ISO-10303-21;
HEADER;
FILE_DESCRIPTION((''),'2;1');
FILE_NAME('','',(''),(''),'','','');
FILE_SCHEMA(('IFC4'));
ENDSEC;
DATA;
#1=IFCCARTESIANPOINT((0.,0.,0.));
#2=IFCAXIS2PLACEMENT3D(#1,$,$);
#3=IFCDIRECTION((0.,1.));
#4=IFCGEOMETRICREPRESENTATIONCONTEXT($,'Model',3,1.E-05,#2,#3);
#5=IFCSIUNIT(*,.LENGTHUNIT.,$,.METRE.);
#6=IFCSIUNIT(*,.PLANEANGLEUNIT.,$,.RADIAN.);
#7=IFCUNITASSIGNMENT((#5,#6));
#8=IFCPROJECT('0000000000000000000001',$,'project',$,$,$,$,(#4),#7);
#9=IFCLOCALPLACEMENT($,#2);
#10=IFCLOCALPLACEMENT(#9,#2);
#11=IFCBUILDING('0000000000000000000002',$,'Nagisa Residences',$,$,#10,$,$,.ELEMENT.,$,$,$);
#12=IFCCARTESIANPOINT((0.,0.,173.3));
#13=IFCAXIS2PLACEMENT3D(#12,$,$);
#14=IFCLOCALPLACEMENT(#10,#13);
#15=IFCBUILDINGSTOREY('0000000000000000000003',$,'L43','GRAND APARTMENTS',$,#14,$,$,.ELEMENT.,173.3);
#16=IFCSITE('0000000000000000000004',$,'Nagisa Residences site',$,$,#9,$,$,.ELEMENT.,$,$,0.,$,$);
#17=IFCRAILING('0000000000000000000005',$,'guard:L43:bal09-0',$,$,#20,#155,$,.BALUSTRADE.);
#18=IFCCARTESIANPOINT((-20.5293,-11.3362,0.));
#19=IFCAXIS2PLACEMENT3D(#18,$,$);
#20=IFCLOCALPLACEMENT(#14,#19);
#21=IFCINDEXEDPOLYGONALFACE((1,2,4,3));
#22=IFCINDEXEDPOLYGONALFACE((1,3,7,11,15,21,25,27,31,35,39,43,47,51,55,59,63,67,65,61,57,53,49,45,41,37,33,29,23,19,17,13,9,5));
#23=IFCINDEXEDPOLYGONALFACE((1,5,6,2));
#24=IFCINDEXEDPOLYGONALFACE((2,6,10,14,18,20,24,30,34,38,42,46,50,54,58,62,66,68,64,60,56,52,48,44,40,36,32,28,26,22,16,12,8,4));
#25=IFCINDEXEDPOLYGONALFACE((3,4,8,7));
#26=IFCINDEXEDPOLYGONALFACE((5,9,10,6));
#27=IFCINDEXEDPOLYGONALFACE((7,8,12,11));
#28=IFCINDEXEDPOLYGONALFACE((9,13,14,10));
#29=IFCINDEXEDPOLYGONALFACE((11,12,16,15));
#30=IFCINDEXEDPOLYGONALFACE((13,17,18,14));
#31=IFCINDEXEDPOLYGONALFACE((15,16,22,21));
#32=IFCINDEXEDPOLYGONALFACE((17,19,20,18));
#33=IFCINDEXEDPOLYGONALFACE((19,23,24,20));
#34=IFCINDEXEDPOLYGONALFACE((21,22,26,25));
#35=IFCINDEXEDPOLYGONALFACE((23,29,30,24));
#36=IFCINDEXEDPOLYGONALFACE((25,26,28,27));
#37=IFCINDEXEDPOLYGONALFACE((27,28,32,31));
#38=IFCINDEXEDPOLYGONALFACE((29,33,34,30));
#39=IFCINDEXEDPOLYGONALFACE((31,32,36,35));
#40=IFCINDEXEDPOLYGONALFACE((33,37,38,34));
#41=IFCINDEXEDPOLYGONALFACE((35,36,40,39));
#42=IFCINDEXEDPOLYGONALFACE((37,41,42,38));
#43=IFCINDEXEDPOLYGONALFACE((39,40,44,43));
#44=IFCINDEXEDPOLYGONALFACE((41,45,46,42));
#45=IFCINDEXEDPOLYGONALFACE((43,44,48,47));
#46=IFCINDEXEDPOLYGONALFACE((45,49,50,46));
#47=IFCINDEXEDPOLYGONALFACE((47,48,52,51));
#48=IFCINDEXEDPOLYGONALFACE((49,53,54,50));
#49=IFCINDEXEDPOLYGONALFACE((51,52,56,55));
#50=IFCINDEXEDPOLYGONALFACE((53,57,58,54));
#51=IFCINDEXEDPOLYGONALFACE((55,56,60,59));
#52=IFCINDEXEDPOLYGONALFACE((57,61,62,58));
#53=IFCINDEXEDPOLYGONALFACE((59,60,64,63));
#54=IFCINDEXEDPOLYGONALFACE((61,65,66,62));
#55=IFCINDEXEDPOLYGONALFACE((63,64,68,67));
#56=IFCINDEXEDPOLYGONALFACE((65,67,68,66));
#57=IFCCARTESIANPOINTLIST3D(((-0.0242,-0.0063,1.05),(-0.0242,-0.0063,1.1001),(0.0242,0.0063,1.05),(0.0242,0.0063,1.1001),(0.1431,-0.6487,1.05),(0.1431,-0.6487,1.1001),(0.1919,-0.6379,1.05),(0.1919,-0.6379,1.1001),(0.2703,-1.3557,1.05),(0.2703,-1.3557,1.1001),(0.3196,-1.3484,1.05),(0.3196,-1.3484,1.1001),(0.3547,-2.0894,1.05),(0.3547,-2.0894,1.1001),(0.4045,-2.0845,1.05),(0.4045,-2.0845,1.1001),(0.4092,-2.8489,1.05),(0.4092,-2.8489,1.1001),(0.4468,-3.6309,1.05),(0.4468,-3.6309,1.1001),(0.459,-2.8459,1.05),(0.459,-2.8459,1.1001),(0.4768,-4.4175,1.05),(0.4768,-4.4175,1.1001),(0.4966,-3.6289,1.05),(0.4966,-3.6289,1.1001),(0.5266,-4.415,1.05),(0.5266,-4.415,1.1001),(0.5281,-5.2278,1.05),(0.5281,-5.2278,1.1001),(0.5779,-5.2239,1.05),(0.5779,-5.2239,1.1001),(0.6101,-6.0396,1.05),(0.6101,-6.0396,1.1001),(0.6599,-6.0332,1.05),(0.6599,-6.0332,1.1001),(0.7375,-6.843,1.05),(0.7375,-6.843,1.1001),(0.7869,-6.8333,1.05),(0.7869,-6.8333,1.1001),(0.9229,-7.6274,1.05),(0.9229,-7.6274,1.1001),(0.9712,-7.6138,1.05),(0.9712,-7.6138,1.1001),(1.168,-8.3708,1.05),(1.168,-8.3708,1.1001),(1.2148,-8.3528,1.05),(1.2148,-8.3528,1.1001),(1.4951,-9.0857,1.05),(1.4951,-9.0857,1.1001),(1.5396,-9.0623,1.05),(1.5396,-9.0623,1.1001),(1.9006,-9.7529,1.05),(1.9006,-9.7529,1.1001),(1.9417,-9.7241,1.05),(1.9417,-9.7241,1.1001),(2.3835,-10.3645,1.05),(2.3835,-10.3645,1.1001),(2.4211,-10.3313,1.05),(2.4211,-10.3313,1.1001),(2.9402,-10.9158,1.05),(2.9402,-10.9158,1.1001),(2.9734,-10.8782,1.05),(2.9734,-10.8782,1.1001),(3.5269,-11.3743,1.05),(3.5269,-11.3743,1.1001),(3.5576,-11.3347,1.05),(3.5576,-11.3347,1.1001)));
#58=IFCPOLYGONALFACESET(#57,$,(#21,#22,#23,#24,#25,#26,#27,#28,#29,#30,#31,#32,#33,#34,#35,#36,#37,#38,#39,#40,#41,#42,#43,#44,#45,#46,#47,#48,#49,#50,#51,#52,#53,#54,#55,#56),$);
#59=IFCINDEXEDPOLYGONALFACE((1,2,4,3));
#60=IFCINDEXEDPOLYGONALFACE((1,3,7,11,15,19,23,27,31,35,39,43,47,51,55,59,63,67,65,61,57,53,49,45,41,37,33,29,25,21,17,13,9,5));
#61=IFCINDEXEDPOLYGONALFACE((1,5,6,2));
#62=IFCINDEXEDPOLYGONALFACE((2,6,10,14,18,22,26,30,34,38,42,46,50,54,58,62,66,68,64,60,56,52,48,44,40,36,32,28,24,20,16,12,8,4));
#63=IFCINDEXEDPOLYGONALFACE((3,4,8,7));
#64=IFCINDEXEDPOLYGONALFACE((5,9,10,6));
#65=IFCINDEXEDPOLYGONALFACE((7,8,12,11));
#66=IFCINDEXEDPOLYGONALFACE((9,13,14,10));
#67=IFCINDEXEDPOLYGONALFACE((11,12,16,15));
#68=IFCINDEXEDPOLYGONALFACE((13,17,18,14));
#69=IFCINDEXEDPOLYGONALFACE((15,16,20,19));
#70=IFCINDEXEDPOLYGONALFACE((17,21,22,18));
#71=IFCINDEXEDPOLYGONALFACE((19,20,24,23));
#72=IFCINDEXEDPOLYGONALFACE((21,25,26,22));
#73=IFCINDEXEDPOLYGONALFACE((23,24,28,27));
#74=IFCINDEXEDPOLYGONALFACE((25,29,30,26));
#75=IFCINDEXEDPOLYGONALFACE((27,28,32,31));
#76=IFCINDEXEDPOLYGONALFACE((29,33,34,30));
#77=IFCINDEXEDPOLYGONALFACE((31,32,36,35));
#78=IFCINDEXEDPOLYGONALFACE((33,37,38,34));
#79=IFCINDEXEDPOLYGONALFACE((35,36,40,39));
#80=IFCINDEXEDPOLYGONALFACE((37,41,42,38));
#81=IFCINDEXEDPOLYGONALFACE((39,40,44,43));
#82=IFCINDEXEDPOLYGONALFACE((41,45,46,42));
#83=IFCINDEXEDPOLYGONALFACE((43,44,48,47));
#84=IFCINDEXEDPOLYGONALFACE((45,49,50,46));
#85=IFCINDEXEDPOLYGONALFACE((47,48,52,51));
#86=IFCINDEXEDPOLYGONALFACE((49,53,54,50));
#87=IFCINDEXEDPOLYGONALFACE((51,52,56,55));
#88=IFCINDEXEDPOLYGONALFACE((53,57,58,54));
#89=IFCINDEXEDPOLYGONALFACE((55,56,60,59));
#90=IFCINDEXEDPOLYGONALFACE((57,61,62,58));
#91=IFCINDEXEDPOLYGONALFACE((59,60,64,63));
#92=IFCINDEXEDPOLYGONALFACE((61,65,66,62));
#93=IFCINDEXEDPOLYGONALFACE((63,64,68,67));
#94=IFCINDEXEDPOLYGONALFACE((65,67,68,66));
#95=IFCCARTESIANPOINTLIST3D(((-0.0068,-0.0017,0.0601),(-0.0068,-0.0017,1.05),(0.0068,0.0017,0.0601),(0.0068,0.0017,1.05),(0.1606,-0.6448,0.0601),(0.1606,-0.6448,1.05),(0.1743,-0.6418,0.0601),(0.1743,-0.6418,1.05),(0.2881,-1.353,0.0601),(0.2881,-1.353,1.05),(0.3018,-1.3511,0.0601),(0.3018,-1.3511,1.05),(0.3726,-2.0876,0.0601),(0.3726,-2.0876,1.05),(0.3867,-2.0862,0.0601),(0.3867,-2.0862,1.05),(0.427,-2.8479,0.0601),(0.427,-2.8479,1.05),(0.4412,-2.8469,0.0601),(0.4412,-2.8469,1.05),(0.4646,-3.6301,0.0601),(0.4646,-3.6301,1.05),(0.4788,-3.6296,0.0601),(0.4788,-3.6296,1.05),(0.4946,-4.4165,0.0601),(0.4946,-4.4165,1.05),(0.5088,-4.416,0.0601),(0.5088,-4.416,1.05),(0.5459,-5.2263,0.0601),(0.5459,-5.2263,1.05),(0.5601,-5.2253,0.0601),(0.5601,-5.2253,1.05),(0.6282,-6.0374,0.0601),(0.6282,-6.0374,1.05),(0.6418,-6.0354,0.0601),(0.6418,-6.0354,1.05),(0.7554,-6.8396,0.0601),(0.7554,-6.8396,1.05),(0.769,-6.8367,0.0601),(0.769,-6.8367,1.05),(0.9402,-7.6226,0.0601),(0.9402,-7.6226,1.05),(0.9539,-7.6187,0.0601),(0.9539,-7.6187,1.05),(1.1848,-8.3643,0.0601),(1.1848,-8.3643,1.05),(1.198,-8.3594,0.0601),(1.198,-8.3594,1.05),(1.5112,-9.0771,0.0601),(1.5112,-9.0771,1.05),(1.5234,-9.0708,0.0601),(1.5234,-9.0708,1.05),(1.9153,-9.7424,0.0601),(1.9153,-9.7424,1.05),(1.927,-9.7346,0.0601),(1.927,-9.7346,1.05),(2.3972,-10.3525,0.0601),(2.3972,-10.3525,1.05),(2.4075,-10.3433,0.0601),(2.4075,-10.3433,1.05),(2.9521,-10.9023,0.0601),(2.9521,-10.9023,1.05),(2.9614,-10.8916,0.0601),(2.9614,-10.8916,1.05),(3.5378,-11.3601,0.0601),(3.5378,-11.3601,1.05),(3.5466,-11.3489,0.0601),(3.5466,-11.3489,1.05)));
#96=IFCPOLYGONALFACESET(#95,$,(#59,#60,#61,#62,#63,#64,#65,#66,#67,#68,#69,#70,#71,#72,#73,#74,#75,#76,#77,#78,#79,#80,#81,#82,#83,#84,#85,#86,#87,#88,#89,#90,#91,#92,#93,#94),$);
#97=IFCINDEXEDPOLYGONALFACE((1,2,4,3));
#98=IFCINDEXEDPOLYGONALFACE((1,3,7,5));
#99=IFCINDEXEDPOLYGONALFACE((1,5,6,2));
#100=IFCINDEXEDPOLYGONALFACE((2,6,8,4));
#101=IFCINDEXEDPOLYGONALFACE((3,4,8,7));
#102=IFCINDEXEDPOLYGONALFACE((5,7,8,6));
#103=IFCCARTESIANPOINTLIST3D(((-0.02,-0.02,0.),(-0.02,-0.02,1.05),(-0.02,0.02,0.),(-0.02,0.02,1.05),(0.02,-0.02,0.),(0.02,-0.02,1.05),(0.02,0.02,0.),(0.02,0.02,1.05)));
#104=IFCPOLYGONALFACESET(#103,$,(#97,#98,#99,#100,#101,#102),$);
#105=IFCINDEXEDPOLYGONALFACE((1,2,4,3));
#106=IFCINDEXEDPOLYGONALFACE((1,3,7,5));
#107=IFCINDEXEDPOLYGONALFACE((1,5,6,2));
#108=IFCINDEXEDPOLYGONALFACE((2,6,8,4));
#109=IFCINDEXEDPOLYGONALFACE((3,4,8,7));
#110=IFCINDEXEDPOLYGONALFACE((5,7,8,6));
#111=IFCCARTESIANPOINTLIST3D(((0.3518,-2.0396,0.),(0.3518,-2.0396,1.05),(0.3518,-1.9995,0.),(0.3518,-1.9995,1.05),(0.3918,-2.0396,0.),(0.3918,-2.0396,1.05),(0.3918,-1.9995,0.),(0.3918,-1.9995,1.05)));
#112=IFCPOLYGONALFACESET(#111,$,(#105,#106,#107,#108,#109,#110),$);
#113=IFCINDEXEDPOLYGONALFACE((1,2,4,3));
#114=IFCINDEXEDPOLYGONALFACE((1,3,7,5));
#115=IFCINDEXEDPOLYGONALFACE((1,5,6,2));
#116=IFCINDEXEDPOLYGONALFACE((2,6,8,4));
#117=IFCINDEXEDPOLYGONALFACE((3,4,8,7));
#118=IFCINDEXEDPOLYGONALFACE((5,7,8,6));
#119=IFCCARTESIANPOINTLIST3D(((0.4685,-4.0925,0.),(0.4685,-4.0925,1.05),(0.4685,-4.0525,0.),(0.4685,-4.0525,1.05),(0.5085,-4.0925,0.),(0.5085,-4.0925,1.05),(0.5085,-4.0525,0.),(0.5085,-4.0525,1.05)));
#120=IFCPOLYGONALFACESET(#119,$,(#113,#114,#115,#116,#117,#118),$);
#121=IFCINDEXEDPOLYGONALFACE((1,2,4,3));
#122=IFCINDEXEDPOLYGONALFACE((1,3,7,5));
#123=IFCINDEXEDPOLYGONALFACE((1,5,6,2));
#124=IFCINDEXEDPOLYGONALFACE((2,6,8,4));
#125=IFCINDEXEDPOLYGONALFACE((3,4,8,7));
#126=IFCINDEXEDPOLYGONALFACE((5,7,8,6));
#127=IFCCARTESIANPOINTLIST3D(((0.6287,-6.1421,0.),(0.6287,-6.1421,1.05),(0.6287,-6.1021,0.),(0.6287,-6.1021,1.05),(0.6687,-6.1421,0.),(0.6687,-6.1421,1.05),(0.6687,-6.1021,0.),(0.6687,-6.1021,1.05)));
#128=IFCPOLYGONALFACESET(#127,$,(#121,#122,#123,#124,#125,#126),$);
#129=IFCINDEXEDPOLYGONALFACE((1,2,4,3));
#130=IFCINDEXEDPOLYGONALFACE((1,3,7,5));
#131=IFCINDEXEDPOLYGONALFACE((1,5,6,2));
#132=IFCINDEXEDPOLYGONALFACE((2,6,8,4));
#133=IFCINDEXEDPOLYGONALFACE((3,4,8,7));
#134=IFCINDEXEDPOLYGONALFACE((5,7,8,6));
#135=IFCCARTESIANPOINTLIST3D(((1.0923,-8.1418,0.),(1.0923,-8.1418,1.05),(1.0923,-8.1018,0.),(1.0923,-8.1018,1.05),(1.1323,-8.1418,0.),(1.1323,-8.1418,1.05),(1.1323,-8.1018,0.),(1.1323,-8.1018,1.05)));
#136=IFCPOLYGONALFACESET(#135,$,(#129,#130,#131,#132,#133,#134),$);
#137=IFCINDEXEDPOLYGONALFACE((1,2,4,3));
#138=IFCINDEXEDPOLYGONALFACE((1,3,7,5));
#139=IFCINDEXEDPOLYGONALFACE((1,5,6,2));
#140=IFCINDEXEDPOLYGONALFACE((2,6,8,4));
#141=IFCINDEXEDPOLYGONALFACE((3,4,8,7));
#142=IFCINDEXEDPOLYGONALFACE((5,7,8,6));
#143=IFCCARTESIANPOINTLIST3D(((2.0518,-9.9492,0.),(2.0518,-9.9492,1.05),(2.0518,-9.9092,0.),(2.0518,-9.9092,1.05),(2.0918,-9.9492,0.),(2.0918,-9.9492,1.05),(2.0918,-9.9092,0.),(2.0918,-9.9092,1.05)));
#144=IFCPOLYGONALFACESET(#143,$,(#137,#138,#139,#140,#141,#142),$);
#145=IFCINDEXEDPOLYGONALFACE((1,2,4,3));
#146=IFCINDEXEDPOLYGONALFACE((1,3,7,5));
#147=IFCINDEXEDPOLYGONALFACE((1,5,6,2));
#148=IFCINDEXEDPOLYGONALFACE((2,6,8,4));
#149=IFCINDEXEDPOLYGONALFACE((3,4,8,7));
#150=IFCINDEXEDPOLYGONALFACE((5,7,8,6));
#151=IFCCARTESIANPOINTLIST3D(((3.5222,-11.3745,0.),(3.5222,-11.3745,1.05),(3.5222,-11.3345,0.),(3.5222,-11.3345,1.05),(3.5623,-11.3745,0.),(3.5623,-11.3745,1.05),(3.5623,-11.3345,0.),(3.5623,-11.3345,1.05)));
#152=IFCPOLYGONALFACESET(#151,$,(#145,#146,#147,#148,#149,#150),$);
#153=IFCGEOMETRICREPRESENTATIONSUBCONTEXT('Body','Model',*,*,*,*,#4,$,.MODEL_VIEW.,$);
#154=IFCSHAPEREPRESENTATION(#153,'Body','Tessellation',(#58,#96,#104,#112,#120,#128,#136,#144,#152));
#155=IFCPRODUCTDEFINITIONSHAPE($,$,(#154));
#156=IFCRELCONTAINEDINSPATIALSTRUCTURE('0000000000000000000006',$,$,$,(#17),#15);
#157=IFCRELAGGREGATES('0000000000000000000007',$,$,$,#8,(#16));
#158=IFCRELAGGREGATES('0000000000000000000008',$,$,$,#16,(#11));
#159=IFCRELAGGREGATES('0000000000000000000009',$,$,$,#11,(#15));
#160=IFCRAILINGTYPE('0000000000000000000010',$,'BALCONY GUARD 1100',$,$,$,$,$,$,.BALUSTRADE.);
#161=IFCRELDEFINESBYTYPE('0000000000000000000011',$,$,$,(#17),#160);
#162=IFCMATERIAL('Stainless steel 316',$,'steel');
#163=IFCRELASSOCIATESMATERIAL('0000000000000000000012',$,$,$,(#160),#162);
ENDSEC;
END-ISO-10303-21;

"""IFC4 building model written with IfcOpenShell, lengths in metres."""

from ifc_helpers import new_model, si_unit, direction, frame, origin, origin_2d, place, context, subcontext, project, spatial, polyline, rectangle, outline, extrude, material, type_object, element, save


model = new_model("IFC4")

# Units and contexts
model_context = context("Model", 3, precision=1e-05, world=origin(), true_north=direction((0.0, 1.0)))
body_context = subcontext(model_context, "Body", "Model", "MODEL_VIEW")
ifc_project = project(units=[si_unit("LENGTHUNIT", "METRE"), si_unit("PLANEANGLEUNIT", "RADIAN")], contexts=[model_context])

# Site, building, storey
site_placement = place(None, origin())
site = spatial("IfcSite", under=ifc_project, at=site_placement, Name="Nagisa Residences site", CompositionType="ELEMENT", RefElevation=0.0)
building_placement = place(site_placement, origin())
building = spatial("IfcBuilding", under=site, at=building_placement, Name="Nagisa Residences", CompositionType="ELEMENT")
storey_placement = place(building_placement, frame((0.0, 0.0, 173.3)))
storey = spatial("IfcBuildingStorey", under=building, at=storey_placement, Name="L43", Description="GRAND APARTMENTS", CompositionType="ELEMENT", Elevation=173.3)

# Railing
ifc_material_1 = material(Name="Stainless steel 316", Category="steel")
railing_type = type_object("IfcRailingType", Name="BALCONY GUARD 1100", PredefinedType="BALUSTRADE", material=ifc_material_1)
railing_1_placement = place(storey_placement, frame((-20.5293, -11.3362, 0.0)))
element("IfcRailing", 1, at=railing_1_placement, inside=storey, type_object=railing_type, Name="guard:L43:bal09-0", PredefinedType="BALUSTRADE", context=body_context, shape_type="SweptSolid", body=[
    extrude(outline(polyline([(0.1919, -0.6379), (0.0242, 0.0063), (-0.0242, -0.0063), (0.1431, -0.6487), (0.2703, -1.3557), (0.3547, -2.0894), (0.4092, -2.8489), (0.4468, -3.6309), (0.4768, -4.4175), (0.5281, -5.2278), (0.6101, -6.0396), (0.7375, -6.843), (0.9229, -7.6274), (1.168, -8.3708), (1.4951, -9.0857), (1.9006, -9.7529), (2.3835, -10.3645), (2.9402, -10.9158), (3.5269, -11.3743), (3.5576, -11.3347), (2.9734, -10.8782), (2.4211, -10.3313), (1.9417, -9.7241), (1.5396, -9.0623), (1.2148, -8.3528), (0.9712, -7.6138), (0.7869, -6.8333), (0.6599, -6.0332), (0.5779, -5.2239), (0.5266, -4.415), (0.4966, -3.6289), (0.459, -2.8459), (0.4045, -2.0845), (0.3196, -1.3484), (0.1919, -0.6379)])), frame((0.0, 0.0, 1.05)), (0.0, 0.0, 1.0), 0.05),
    extrude(outline(polyline([(0.1743, -0.6418), (0.0068, 0.0017), (-0.0068, -0.0017), (0.1606, -0.6448), (0.2881, -1.353), (0.3726, -2.0876), (0.427, -2.8479), (0.4646, -3.6301), (0.4946, -4.4165), (0.5459, -5.2263), (0.6282, -6.0374), (0.7554, -6.8396), (0.9402, -7.6226), (1.1848, -8.3643), (1.5112, -9.0771), (1.9153, -9.7424), (2.3972, -10.3525), (2.9521, -10.9023), (3.5378, -11.3601), (3.5466, -11.3489), (2.9614, -10.8916), (2.4075, -10.3433), (1.927, -9.7346), (1.5234, -9.0708), (1.198, -8.3594), (0.9539, -7.6187), (0.769, -6.8367), (0.6418, -6.0354), (0.5601, -5.2253), (0.5088, -4.416), (0.4788, -3.6296), (0.4412, -2.8469), (0.3867, -2.0862), (0.3018, -1.3511), (0.1743, -0.6418)])), frame((0.0, 0.0, 0.0601)), (0.0, 0.0, 1.0), 0.99),
    extrude(rectangle(XDim=0.04, YDim=0.04, at=origin_2d()), origin(), (0.0, 0.0, 1.0), 1.05),
    extrude(rectangle(XDim=0.04, YDim=0.04, at=origin_2d()), frame((0.3718, -2.0195, 0.0)), (0.0, 0.0, 1.0), 1.05),
    extrude(rectangle(XDim=0.04, YDim=0.04, at=origin_2d()), frame((0.4885, -4.0725, 0.0)), (0.0, 0.0, 1.0), 1.05),
    extrude(rectangle(XDim=0.04, YDim=0.04, at=origin_2d()), frame((0.6487, -6.1221, 0.0)), (0.0, 0.0, 1.0), 1.05),
    extrude(rectangle(XDim=0.04, YDim=0.04, at=origin_2d()), frame((1.1123, -8.1218, 0.0)), (0.0, 0.0, 1.0), 1.05),
    extrude(rectangle(XDim=0.04, YDim=0.04, at=origin_2d()), frame((2.0718, -9.9292, 0.0)), (0.0, 0.0, 1.0), 1.05),
    extrude(rectangle(XDim=0.04, YDim=0.04, at=origin_2d()), frame((3.5422, -11.3545, 0.0)), (0.0, 0.0, 1.0), 1.05),
])

save(model, "model.ifc")
